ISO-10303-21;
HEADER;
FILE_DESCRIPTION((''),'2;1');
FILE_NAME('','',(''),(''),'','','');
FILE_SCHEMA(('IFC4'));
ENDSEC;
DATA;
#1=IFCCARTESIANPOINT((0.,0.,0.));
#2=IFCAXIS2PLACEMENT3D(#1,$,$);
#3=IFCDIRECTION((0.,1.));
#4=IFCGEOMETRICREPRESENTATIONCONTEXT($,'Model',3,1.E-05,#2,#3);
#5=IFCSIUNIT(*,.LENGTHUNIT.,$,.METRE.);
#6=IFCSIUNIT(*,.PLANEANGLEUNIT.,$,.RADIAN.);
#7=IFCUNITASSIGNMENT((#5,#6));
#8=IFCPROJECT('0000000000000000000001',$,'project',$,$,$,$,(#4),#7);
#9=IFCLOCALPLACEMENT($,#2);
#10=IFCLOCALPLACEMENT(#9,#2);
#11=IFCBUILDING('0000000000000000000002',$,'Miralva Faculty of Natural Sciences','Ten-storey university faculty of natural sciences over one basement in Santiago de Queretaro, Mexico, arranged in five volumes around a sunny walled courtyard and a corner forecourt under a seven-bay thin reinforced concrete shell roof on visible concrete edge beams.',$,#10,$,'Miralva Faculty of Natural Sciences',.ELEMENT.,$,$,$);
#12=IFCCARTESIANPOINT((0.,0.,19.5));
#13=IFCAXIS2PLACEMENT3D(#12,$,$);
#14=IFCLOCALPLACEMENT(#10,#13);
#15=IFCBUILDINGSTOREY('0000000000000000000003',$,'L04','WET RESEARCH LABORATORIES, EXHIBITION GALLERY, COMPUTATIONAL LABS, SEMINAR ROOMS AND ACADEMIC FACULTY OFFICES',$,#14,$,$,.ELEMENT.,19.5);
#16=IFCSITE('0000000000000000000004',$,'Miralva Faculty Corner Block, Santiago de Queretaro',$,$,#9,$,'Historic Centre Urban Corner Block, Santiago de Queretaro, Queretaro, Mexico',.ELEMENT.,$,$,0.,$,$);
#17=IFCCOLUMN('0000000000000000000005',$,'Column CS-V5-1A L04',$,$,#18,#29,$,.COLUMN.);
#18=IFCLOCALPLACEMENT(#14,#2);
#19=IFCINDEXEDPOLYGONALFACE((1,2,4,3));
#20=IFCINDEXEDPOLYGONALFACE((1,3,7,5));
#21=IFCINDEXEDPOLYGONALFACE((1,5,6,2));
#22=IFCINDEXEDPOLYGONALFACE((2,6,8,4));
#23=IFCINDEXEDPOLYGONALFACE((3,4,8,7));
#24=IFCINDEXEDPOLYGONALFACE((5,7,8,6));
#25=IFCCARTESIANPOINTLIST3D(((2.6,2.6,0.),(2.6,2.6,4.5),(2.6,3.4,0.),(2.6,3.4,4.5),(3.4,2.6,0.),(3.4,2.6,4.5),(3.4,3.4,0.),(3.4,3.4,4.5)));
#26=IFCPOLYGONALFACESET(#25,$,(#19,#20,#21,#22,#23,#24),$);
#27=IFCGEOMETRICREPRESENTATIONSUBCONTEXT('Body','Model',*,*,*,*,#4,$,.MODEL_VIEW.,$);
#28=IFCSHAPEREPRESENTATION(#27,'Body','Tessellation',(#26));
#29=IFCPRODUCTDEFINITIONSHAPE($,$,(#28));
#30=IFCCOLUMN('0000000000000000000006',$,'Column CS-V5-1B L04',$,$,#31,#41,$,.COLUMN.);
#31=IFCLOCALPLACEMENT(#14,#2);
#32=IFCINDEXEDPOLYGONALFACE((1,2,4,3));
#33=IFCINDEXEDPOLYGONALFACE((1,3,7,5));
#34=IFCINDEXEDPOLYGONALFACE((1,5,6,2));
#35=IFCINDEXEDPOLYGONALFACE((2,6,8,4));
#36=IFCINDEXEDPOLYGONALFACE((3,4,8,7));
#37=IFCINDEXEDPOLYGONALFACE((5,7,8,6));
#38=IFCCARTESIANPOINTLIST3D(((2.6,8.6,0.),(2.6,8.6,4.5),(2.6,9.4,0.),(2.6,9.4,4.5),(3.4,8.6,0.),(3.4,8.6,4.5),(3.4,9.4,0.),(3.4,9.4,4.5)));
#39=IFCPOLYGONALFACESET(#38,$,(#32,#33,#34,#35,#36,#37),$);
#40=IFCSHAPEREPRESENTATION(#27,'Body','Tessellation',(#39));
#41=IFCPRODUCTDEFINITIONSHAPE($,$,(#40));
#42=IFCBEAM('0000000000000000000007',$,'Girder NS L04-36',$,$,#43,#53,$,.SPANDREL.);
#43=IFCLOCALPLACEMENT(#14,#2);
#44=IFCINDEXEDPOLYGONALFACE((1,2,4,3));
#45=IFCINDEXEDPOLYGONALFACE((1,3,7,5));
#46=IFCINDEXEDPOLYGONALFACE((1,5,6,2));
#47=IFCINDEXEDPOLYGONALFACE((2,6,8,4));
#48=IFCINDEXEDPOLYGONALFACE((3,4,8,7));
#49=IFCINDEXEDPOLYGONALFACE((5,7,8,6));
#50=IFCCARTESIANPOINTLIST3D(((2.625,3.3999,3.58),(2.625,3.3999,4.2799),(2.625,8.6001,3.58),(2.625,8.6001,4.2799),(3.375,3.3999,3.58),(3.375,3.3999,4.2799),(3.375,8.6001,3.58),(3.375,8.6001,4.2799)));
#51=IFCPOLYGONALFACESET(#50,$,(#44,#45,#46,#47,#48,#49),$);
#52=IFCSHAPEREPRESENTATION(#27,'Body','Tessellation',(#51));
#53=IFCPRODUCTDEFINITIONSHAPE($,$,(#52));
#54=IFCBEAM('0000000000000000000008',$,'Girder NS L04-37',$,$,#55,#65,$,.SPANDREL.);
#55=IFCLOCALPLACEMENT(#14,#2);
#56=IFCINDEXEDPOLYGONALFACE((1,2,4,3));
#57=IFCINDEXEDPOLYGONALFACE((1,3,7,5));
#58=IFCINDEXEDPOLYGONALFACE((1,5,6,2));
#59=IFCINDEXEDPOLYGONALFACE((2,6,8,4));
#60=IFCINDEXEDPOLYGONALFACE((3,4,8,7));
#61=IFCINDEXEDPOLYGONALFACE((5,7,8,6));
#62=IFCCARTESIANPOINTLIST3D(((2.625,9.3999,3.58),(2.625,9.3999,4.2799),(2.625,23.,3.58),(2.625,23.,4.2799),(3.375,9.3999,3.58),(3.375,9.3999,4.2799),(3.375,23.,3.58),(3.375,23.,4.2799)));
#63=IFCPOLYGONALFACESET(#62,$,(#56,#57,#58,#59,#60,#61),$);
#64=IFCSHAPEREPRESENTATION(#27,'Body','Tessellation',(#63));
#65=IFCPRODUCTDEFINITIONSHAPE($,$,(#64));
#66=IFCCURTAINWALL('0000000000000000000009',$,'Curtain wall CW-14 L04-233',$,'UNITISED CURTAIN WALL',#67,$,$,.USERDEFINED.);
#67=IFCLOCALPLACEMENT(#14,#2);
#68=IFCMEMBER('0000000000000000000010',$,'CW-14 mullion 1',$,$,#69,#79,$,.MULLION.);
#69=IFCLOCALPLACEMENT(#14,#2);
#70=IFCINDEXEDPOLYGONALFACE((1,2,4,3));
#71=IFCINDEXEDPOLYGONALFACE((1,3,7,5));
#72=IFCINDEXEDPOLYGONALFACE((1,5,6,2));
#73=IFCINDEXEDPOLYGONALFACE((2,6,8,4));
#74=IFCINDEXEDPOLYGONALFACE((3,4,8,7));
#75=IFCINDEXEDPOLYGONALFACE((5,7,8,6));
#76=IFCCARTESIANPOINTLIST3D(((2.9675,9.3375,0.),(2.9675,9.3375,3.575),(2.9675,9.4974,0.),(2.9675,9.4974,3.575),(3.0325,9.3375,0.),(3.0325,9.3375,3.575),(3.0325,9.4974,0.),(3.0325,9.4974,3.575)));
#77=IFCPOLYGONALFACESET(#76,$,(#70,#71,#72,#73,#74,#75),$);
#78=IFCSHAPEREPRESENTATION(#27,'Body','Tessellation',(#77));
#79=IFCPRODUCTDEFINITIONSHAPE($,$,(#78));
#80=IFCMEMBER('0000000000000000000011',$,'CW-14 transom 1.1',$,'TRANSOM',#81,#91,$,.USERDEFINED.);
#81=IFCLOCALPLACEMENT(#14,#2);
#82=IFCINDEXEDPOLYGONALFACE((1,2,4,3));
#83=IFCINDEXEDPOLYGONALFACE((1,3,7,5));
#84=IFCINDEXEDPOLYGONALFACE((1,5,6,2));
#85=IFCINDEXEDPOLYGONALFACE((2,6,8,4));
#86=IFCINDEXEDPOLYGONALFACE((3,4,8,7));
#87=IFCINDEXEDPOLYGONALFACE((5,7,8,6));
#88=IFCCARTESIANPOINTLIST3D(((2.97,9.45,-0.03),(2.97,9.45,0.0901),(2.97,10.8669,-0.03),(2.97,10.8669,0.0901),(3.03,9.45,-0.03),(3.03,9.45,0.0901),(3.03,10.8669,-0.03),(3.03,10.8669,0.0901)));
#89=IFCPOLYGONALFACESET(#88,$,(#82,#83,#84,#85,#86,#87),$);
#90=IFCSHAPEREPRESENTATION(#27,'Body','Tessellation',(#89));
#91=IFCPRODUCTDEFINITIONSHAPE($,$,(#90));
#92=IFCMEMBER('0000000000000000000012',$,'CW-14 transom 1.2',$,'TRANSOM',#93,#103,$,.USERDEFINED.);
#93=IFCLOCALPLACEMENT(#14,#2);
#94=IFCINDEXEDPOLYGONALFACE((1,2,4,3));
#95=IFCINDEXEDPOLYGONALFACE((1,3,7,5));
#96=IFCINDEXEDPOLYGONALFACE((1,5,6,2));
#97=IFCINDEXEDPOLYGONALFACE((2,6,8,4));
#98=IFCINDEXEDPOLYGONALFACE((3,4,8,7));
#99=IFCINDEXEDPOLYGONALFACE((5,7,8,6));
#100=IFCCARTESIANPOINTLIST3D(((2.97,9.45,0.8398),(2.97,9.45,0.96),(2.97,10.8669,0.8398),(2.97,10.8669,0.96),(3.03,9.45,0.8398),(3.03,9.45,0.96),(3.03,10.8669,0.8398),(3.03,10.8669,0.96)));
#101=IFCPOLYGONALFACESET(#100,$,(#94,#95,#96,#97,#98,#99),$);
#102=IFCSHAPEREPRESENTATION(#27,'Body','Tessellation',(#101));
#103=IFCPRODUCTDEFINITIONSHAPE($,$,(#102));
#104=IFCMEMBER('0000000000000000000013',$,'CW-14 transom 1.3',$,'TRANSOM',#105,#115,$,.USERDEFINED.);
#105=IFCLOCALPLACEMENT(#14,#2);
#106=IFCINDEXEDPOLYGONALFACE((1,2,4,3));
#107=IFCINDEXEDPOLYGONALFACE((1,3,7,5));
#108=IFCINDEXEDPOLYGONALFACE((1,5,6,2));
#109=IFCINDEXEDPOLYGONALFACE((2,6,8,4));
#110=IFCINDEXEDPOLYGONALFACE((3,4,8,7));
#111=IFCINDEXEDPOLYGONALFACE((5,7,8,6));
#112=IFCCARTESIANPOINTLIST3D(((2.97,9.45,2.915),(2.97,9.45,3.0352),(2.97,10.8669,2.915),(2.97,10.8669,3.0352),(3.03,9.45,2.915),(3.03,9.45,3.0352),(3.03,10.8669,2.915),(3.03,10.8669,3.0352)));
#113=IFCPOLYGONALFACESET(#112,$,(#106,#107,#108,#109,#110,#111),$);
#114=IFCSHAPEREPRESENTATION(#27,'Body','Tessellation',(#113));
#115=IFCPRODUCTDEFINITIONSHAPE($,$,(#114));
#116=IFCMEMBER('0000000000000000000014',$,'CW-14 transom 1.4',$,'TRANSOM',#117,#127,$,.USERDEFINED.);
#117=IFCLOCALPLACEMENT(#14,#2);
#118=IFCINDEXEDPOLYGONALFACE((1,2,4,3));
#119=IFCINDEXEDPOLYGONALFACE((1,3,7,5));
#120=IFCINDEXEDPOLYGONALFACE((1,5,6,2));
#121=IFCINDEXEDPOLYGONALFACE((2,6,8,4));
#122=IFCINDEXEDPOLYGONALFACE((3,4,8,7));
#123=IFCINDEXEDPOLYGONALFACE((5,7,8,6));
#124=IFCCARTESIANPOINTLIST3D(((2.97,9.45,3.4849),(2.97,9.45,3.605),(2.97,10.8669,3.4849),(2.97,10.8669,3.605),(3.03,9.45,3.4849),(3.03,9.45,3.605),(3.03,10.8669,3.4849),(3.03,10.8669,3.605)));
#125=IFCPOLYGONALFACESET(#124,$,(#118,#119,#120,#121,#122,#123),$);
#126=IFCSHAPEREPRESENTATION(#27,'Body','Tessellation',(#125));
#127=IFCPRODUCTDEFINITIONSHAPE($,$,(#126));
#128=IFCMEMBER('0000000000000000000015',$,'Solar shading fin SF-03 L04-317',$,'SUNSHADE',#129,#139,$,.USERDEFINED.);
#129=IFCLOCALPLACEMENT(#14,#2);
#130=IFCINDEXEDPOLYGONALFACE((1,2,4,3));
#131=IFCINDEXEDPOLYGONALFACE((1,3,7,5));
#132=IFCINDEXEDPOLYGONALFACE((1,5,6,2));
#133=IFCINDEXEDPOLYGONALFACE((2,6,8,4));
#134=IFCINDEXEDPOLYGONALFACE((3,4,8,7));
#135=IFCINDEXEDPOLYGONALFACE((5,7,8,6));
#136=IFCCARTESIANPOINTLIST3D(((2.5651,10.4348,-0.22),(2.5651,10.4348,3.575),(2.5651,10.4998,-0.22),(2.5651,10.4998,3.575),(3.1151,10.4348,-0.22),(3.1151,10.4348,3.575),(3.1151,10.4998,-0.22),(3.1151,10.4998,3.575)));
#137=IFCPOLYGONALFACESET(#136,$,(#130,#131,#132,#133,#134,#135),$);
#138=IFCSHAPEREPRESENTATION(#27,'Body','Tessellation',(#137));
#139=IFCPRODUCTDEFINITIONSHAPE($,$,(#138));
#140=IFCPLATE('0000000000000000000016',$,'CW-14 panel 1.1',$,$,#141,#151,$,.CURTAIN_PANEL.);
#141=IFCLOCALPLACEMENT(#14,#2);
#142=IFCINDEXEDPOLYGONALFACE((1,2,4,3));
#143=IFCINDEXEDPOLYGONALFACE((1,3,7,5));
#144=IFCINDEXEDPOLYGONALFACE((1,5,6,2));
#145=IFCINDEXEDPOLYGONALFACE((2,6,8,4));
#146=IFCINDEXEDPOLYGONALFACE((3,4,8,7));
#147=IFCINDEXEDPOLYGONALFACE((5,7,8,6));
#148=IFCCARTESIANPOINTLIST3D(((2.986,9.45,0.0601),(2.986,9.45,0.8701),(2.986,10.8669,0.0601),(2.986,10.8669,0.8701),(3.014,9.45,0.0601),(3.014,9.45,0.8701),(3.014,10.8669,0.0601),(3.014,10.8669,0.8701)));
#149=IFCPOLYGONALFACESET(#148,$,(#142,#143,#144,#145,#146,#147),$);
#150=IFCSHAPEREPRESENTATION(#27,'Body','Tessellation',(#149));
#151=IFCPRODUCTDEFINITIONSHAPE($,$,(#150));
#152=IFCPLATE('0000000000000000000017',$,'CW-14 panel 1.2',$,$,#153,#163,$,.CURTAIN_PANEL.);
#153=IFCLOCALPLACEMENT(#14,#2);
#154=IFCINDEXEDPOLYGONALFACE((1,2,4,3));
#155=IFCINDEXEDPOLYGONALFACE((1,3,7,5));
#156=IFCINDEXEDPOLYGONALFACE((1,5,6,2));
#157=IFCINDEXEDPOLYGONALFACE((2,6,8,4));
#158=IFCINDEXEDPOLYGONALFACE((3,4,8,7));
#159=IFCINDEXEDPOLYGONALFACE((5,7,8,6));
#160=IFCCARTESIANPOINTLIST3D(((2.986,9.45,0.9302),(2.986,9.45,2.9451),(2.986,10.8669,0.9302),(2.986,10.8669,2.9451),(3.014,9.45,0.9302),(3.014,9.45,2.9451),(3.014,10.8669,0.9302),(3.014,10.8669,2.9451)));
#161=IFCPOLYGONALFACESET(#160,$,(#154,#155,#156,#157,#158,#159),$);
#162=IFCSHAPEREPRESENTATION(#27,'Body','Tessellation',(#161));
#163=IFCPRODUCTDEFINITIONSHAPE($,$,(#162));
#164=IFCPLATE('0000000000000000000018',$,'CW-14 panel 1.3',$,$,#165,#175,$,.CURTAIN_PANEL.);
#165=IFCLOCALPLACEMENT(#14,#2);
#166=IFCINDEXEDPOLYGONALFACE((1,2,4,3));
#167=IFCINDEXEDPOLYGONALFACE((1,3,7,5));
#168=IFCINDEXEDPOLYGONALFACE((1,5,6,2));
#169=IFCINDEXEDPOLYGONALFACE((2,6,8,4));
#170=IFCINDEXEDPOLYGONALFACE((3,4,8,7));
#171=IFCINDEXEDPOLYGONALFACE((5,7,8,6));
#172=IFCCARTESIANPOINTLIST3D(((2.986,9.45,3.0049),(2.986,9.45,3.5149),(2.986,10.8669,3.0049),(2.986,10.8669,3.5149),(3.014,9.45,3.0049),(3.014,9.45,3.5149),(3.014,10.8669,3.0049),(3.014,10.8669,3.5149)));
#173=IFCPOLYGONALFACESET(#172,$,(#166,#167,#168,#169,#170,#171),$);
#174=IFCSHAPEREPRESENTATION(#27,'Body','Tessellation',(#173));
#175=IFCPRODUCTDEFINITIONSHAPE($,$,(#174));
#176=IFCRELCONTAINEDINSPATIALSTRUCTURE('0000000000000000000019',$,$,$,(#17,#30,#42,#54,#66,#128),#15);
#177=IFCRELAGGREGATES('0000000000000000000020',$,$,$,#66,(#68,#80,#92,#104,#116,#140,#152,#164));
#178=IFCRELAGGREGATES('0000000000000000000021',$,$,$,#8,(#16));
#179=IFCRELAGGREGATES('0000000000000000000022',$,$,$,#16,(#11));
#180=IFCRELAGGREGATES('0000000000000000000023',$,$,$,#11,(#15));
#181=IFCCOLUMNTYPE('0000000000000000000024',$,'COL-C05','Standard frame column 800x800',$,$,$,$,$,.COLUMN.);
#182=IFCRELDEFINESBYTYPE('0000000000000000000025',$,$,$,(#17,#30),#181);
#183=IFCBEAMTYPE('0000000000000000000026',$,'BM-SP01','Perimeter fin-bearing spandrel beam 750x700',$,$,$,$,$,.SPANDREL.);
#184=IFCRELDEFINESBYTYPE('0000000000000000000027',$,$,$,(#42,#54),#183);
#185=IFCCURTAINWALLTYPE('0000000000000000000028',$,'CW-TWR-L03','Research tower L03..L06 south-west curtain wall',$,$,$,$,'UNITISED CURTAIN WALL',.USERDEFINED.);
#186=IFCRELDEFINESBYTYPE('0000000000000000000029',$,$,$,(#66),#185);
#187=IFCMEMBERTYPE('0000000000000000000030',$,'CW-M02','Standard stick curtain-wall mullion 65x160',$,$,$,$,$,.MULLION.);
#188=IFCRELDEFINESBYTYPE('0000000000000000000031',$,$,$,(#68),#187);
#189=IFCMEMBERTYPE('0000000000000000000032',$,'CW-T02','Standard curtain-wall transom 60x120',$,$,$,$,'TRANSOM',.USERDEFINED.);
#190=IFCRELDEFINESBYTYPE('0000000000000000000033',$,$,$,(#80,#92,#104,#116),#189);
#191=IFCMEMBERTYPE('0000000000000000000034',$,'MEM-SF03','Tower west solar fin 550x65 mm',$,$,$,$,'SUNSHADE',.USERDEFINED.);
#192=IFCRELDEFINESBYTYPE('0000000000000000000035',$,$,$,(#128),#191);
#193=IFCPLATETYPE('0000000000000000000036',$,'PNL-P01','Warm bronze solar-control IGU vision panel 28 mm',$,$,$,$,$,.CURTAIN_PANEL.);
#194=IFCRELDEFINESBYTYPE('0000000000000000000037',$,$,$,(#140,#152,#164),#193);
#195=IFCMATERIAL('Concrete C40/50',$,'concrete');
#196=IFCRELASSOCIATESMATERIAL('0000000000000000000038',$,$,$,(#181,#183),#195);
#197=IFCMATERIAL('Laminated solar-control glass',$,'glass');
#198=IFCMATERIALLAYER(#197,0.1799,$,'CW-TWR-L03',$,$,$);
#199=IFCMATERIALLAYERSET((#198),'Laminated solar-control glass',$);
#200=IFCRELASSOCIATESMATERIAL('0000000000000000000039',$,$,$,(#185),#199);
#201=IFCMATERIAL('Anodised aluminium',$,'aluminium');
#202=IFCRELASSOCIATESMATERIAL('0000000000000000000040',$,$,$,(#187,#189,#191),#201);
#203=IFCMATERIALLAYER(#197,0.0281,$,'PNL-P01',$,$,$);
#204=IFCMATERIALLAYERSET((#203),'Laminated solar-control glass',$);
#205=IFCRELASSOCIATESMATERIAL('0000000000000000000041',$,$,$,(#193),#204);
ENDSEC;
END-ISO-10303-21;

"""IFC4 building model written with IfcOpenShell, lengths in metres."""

from ifc_helpers import new_model, si_unit, direction, frame, origin, origin_2d, place, context, subcontext, project, spatial, rectangle, extrude, material, layer, layer_set, material_profile, profile_set, type_object, element, aggregate, save


model = new_model("IFC4")

# Units and contexts
model_context = context("Model", 3, precision=1e-05, world=origin(), true_north=direction((0.0, 1.0)))
body_context = subcontext(model_context, "Body", "Model", "MODEL_VIEW")
ifc_project = project(units=[si_unit("LENGTHUNIT", "METRE"), si_unit("PLANEANGLEUNIT", "RADIAN")], contexts=[model_context])

# Site, building, storey
site_placement = place(None, origin())
site = spatial("IfcSite", under=ifc_project, at=site_placement, Name="Miralva Faculty Corner Block, Santiago de Queretaro", LongName="Historic Centre Urban Corner Block, Santiago de Queretaro, Queretaro, Mexico", CompositionType="ELEMENT", RefElevation=0.0)
building_placement = place(site_placement, origin())
building = spatial("IfcBuilding", under=site, at=building_placement, Name="Miralva Faculty of Natural Sciences", Description="Ten-storey university faculty of natural sciences over one basement in Santiago de Queretaro, Mexico, arranged in five volumes around a sunny walled courtyard and a corner forecourt under a seven-bay thin reinforced concrete shell roof on visible concrete edge beams.", LongName="Miralva Faculty of Natural Sciences", CompositionType="ELEMENT")
storey_placement = place(building_placement, frame((0.0, 0.0, 19.5)))
storey = spatial("IfcBuildingStorey", under=building, at=storey_placement, Name="L04", Description="WET RESEARCH LABORATORIES, EXHIBITION GALLERY, COMPUTATIONAL LABS, SEMINAR ROOMS AND ACADEMIC FACULTY OFFICES", CompositionType="ELEMENT", Elevation=19.5)

# Columns
ifc_material_1 = material(Name="Concrete C40/50", Category="concrete")
ifc_material_profile_1 = material_profile(ifc_material_1, rectangle(XDim=0.8, YDim=0.8, at=origin_2d()), Name="RC 800x800")
ifc_profile_set_1 = profile_set([ifc_material_profile_1], Name="Concrete C40/50")
column_type = type_object("IfcColumnType", Name="COL-C05", Description="Standard frame column 800x800", PredefinedType="COLUMN", material=ifc_profile_set_1)
for number, where, z_axis, x_axis, name in (
    (1, (3.0, 3.0, 0.0), (0.0, 0.0, 1.0), (1.0, 0.0, 0.0), "Column CS-V5-1A L04"),
    (2, (3.0, 9.0, 0.0), (0.0, 0.0, 1.0), (1.0, 0.0, 0.0), "Column CS-V5-1B L04"),
):
    element("IfcColumn", number, at=place(storey_placement, frame(where, z_axis=z_axis, x_axis=x_axis)), inside=storey, type_object=column_type, Name=name, PredefinedType="COLUMN", context=body_context, shape_type="SweptSolid", body=[
        extrude(rectangle(XDim=0.8, YDim=0.8, at=origin_2d()), origin(), (0.0, 0.0, 1.0), 4.5),
    ])

# Beams
ifc_material_profile_2 = material_profile(ifc_material_1, rectangle(XDim=0.75, YDim=0.7, at=origin_2d()), Name="RC 750x700")
ifc_profile_set_2 = profile_set([ifc_material_profile_2], Name="Concrete C40/50")
beam_type = type_object("IfcBeamType", Name="BM-SP01", Description="Perimeter fin-bearing spandrel beam 750x700", PredefinedType="SPANDREL", material=ifc_profile_set_2)
beam_1_placement = place(storey_placement, frame((3.0, 3.3999, 3.9299), z_axis=(0.0, 1.0, 0.0), x_axis=(-1.0, 0.0, 0.0)))
element("IfcBeam", 3, at=beam_1_placement, inside=storey, type_object=beam_type, Name="Girder NS L04-36", PredefinedType="SPANDREL", context=body_context, shape_type="SweptSolid", body=[
    extrude(rectangle(XDim=0.75, YDim=0.7, at=origin_2d()), origin(), (0.0, 0.0, 1.0), 5.2002),
])
beam_2_placement = place(storey_placement, frame((3.0, 9.3999, 3.9299), z_axis=(0.0, 1.0, 0.0), x_axis=(-1.0, 0.0, 0.0)))
element("IfcBeam", 4, at=beam_2_placement, inside=storey, type_object=beam_type, Name="Girder NS L04-37", PredefinedType="SPANDREL", context=body_context, shape_type="SweptSolid", body=[
    extrude(rectangle(XDim=0.75, YDim=0.7, at=origin_2d()), origin(), (0.0, 0.0, 1.0), 13.6001),
])

# Curtain wall, members
ifc_material_2 = material(Name="Laminated solar-control glass", Category="glass")
ifc_layer_1 = layer(ifc_material_2, 0.1799, Name="CW-TWR-L03")
ifc_layer_set_1 = layer_set([ifc_layer_1], Name="Laminated solar-control glass")
curtain_wall_type = type_object("IfcCurtainWallType", Name="CW-TWR-L03", Description="Research tower L03..L06 south-west curtain wall", ElementType="UNITISED CURTAIN WALL", PredefinedType="USERDEFINED", material=ifc_layer_set_1)
curtain_wall_placement = place(storey_placement, origin())
curtain_wall = element("IfcCurtainWall", 5, at=curtain_wall_placement, inside=storey, type_object=curtain_wall_type, Name="Curtain wall CW-14 L04-233", ObjectType="UNITISED CURTAIN WALL", PredefinedType="USERDEFINED")
ifc_material_3 = material(Name="Anodised aluminium", Category="aluminium")
ifc_material_profile_3 = material_profile(ifc_material_3, rectangle(XDim=0.0649, YDim=0.1599, at=origin_2d()), Name="MULLION 65x160")
ifc_profile_set_3 = profile_set([ifc_material_profile_3], Name="Anodised aluminium")
member_type_1 = type_object("IfcMemberType", Name="CW-M02", Description="Standard stick curtain-wall mullion 65x160", PredefinedType="MULLION", material=ifc_profile_set_3)
member_1_placement = place(storey_placement, frame((3.0, 9.4175, 0.0), z_axis=(0.0, 0.0, 1.0), x_axis=(-1.0, 0.0, 0.0)))
member_1 = element("IfcMember", 6, at=member_1_placement, type_object=member_type_1, Name="CW-14 mullion 1", PredefinedType="MULLION", context=body_context, shape_type="SweptSolid", body=[
    extrude(rectangle(XDim=0.0649, YDim=0.1599, at=origin_2d()), origin(), (0.0, 0.0, 1.0), 3.575),
])
ifc_material_profile_4 = material_profile(ifc_material_3, rectangle(XDim=0.0601, YDim=0.1201, at=origin_2d()), Name="TRANSOM 60x120")
ifc_profile_set_4 = profile_set([ifc_material_profile_4], Name="Anodised aluminium")
member_type_2 = type_object("IfcMemberType", Name="CW-T02", Description="Standard curtain-wall transom 60x120", ElementType="TRANSOM", PredefinedType="USERDEFINED", material=ifc_profile_set_4)
member_2_placement = place(storey_placement, frame((3.0, 9.45, 0.03), z_axis=(0.0, 1.0, 0.0), x_axis=(-1.0, 0.0, 0.0)))
member_2 = element("IfcMember", 7, at=member_2_placement, type_object=member_type_2, Name="CW-14 transom 1.1", ObjectType="TRANSOM", PredefinedType="USERDEFINED", context=body_context, shape_type="SweptSolid", body=[
    extrude(rectangle(XDim=0.0601, YDim=0.1201, at=origin_2d()), origin(), (0.0, 0.0, 1.0), 1.417),
])
member_3_placement = place(storey_placement, frame((3.0, 9.45, 0.8999), z_axis=(0.0, 1.0, 0.0), x_axis=(-1.0, 0.0, 0.0)))
member_3 = element("IfcMember", 8, at=member_3_placement, type_object=member_type_2, Name="CW-14 transom 1.2", ObjectType="TRANSOM", PredefinedType="USERDEFINED", context=body_context, shape_type="SweptSolid", body=[
    extrude(rectangle(XDim=0.0601, YDim=0.1201, at=origin_2d()), origin(), (0.0, 0.0, 1.0), 1.417),
])
member_4_placement = place(storey_placement, frame((3.0, 9.45, 2.9751), z_axis=(0.0, 1.0, 0.0), x_axis=(-1.0, 0.0, 0.0)))
member_4 = element("IfcMember", 9, at=member_4_placement, type_object=member_type_2, Name="CW-14 transom 1.3", ObjectType="TRANSOM", PredefinedType="USERDEFINED", context=body_context, shape_type="SweptSolid", body=[
    extrude(rectangle(XDim=0.0601, YDim=0.1201, at=origin_2d()), origin(), (0.0, 0.0, 1.0), 1.417),
])
member_5_placement = place(storey_placement, frame((3.0, 9.45, 3.5449), z_axis=(0.0, 1.0, 0.0), x_axis=(-1.0, 0.0, 0.0)))
member_5 = element("IfcMember", 10, at=member_5_placement, type_object=member_type_2, Name="CW-14 transom 1.4", ObjectType="TRANSOM", PredefinedType="USERDEFINED", context=body_context, shape_type="SweptSolid", body=[
    extrude(rectangle(XDim=0.0601, YDim=0.1201, at=origin_2d()), origin(), (0.0, 0.0, 1.0), 1.417),
])

# Member
ifc_material_profile_5 = material_profile(ifc_material_3, rectangle(XDim=0.0649, YDim=0.55, at=origin_2d()), Name="FIN 550x65")
ifc_profile_set_5 = profile_set([ifc_material_profile_5], Name="Anodised aluminium")
member_type_3 = type_object("IfcMemberType", Name="MEM-SF03", Description="Tower west solar fin 550x65 mm", ElementType="SUNSHADE", PredefinedType="USERDEFINED", material=ifc_profile_set_5)
member_6_placement = place(storey_placement, frame((2.8401, 10.4673, -0.22), z_axis=(0.0, 0.0, 1.0), x_axis=(0.0, -1.0, 0.0)))
element("IfcMember", 11, at=member_6_placement, inside=storey, type_object=member_type_3, Name="Solar shading fin SF-03 L04-317", ObjectType="SUNSHADE", PredefinedType="USERDEFINED", context=body_context, shape_type="SweptSolid", body=[
    extrude(rectangle(XDim=0.0649, YDim=0.55, at=origin_2d()), origin(), (0.0, 0.0, 1.0), 3.7949),
])

# Plates
ifc_layer_2 = layer(ifc_material_2, 0.0281, Name="PNL-P01")
ifc_layer_set_2 = layer_set([ifc_layer_2], Name="Laminated solar-control glass")
plate_type = type_object("IfcPlateType", Name="PNL-P01", Description="Warm bronze solar-control IGU vision panel 28 mm", PredefinedType="CURTAIN_PANEL", material=ifc_layer_set_2)
plate_1_placement = place(storey_placement, frame((3.0, 10.1584, 0.0601), z_axis=(0.0, 0.0, 1.0), x_axis=(0.0, 1.0, 0.0)))
plate_1 = element("IfcPlate", 12, at=plate_1_placement, type_object=plate_type, Name="CW-14 panel 1.1", PredefinedType="CURTAIN_PANEL", context=body_context, shape_type="SweptSolid", body=[
    extrude(rectangle(XDim=1.417, YDim=0.0281, at=origin_2d()), origin(), (0.0, 0.0, 1.0), 0.8101),
])
plate_2_placement = place(storey_placement, frame((3.0, 10.1584, 0.9302), z_axis=(0.0, 0.0, 1.0), x_axis=(0.0, 1.0, 0.0)))
plate_2 = element("IfcPlate", 13, at=plate_2_placement, type_object=plate_type, Name="CW-14 panel 1.2", PredefinedType="CURTAIN_PANEL", context=body_context, shape_type="SweptSolid", body=[
    extrude(rectangle(XDim=1.417, YDim=0.0281, at=origin_2d()), origin(), (0.0, 0.0, 1.0), 2.0149),
])
plate_3_placement = place(storey_placement, frame((3.0, 10.1584, 3.0049), z_axis=(0.0, 0.0, 1.0), x_axis=(0.0, 1.0, 0.0)))
plate_3 = element("IfcPlate", 14, at=plate_3_placement, type_object=plate_type, Name="CW-14 panel 1.3", PredefinedType="CURTAIN_PANEL", context=body_context, shape_type="SweptSolid", body=[
    extrude(rectangle(XDim=1.417, YDim=0.0281, at=origin_2d()), origin(), (0.0, 0.0, 1.0), 0.51),
])
aggregate(curtain_wall, [member_1, member_2, member_3, member_4, member_5, plate_1, plate_2, plate_3])

save(model, "model.ifc")
